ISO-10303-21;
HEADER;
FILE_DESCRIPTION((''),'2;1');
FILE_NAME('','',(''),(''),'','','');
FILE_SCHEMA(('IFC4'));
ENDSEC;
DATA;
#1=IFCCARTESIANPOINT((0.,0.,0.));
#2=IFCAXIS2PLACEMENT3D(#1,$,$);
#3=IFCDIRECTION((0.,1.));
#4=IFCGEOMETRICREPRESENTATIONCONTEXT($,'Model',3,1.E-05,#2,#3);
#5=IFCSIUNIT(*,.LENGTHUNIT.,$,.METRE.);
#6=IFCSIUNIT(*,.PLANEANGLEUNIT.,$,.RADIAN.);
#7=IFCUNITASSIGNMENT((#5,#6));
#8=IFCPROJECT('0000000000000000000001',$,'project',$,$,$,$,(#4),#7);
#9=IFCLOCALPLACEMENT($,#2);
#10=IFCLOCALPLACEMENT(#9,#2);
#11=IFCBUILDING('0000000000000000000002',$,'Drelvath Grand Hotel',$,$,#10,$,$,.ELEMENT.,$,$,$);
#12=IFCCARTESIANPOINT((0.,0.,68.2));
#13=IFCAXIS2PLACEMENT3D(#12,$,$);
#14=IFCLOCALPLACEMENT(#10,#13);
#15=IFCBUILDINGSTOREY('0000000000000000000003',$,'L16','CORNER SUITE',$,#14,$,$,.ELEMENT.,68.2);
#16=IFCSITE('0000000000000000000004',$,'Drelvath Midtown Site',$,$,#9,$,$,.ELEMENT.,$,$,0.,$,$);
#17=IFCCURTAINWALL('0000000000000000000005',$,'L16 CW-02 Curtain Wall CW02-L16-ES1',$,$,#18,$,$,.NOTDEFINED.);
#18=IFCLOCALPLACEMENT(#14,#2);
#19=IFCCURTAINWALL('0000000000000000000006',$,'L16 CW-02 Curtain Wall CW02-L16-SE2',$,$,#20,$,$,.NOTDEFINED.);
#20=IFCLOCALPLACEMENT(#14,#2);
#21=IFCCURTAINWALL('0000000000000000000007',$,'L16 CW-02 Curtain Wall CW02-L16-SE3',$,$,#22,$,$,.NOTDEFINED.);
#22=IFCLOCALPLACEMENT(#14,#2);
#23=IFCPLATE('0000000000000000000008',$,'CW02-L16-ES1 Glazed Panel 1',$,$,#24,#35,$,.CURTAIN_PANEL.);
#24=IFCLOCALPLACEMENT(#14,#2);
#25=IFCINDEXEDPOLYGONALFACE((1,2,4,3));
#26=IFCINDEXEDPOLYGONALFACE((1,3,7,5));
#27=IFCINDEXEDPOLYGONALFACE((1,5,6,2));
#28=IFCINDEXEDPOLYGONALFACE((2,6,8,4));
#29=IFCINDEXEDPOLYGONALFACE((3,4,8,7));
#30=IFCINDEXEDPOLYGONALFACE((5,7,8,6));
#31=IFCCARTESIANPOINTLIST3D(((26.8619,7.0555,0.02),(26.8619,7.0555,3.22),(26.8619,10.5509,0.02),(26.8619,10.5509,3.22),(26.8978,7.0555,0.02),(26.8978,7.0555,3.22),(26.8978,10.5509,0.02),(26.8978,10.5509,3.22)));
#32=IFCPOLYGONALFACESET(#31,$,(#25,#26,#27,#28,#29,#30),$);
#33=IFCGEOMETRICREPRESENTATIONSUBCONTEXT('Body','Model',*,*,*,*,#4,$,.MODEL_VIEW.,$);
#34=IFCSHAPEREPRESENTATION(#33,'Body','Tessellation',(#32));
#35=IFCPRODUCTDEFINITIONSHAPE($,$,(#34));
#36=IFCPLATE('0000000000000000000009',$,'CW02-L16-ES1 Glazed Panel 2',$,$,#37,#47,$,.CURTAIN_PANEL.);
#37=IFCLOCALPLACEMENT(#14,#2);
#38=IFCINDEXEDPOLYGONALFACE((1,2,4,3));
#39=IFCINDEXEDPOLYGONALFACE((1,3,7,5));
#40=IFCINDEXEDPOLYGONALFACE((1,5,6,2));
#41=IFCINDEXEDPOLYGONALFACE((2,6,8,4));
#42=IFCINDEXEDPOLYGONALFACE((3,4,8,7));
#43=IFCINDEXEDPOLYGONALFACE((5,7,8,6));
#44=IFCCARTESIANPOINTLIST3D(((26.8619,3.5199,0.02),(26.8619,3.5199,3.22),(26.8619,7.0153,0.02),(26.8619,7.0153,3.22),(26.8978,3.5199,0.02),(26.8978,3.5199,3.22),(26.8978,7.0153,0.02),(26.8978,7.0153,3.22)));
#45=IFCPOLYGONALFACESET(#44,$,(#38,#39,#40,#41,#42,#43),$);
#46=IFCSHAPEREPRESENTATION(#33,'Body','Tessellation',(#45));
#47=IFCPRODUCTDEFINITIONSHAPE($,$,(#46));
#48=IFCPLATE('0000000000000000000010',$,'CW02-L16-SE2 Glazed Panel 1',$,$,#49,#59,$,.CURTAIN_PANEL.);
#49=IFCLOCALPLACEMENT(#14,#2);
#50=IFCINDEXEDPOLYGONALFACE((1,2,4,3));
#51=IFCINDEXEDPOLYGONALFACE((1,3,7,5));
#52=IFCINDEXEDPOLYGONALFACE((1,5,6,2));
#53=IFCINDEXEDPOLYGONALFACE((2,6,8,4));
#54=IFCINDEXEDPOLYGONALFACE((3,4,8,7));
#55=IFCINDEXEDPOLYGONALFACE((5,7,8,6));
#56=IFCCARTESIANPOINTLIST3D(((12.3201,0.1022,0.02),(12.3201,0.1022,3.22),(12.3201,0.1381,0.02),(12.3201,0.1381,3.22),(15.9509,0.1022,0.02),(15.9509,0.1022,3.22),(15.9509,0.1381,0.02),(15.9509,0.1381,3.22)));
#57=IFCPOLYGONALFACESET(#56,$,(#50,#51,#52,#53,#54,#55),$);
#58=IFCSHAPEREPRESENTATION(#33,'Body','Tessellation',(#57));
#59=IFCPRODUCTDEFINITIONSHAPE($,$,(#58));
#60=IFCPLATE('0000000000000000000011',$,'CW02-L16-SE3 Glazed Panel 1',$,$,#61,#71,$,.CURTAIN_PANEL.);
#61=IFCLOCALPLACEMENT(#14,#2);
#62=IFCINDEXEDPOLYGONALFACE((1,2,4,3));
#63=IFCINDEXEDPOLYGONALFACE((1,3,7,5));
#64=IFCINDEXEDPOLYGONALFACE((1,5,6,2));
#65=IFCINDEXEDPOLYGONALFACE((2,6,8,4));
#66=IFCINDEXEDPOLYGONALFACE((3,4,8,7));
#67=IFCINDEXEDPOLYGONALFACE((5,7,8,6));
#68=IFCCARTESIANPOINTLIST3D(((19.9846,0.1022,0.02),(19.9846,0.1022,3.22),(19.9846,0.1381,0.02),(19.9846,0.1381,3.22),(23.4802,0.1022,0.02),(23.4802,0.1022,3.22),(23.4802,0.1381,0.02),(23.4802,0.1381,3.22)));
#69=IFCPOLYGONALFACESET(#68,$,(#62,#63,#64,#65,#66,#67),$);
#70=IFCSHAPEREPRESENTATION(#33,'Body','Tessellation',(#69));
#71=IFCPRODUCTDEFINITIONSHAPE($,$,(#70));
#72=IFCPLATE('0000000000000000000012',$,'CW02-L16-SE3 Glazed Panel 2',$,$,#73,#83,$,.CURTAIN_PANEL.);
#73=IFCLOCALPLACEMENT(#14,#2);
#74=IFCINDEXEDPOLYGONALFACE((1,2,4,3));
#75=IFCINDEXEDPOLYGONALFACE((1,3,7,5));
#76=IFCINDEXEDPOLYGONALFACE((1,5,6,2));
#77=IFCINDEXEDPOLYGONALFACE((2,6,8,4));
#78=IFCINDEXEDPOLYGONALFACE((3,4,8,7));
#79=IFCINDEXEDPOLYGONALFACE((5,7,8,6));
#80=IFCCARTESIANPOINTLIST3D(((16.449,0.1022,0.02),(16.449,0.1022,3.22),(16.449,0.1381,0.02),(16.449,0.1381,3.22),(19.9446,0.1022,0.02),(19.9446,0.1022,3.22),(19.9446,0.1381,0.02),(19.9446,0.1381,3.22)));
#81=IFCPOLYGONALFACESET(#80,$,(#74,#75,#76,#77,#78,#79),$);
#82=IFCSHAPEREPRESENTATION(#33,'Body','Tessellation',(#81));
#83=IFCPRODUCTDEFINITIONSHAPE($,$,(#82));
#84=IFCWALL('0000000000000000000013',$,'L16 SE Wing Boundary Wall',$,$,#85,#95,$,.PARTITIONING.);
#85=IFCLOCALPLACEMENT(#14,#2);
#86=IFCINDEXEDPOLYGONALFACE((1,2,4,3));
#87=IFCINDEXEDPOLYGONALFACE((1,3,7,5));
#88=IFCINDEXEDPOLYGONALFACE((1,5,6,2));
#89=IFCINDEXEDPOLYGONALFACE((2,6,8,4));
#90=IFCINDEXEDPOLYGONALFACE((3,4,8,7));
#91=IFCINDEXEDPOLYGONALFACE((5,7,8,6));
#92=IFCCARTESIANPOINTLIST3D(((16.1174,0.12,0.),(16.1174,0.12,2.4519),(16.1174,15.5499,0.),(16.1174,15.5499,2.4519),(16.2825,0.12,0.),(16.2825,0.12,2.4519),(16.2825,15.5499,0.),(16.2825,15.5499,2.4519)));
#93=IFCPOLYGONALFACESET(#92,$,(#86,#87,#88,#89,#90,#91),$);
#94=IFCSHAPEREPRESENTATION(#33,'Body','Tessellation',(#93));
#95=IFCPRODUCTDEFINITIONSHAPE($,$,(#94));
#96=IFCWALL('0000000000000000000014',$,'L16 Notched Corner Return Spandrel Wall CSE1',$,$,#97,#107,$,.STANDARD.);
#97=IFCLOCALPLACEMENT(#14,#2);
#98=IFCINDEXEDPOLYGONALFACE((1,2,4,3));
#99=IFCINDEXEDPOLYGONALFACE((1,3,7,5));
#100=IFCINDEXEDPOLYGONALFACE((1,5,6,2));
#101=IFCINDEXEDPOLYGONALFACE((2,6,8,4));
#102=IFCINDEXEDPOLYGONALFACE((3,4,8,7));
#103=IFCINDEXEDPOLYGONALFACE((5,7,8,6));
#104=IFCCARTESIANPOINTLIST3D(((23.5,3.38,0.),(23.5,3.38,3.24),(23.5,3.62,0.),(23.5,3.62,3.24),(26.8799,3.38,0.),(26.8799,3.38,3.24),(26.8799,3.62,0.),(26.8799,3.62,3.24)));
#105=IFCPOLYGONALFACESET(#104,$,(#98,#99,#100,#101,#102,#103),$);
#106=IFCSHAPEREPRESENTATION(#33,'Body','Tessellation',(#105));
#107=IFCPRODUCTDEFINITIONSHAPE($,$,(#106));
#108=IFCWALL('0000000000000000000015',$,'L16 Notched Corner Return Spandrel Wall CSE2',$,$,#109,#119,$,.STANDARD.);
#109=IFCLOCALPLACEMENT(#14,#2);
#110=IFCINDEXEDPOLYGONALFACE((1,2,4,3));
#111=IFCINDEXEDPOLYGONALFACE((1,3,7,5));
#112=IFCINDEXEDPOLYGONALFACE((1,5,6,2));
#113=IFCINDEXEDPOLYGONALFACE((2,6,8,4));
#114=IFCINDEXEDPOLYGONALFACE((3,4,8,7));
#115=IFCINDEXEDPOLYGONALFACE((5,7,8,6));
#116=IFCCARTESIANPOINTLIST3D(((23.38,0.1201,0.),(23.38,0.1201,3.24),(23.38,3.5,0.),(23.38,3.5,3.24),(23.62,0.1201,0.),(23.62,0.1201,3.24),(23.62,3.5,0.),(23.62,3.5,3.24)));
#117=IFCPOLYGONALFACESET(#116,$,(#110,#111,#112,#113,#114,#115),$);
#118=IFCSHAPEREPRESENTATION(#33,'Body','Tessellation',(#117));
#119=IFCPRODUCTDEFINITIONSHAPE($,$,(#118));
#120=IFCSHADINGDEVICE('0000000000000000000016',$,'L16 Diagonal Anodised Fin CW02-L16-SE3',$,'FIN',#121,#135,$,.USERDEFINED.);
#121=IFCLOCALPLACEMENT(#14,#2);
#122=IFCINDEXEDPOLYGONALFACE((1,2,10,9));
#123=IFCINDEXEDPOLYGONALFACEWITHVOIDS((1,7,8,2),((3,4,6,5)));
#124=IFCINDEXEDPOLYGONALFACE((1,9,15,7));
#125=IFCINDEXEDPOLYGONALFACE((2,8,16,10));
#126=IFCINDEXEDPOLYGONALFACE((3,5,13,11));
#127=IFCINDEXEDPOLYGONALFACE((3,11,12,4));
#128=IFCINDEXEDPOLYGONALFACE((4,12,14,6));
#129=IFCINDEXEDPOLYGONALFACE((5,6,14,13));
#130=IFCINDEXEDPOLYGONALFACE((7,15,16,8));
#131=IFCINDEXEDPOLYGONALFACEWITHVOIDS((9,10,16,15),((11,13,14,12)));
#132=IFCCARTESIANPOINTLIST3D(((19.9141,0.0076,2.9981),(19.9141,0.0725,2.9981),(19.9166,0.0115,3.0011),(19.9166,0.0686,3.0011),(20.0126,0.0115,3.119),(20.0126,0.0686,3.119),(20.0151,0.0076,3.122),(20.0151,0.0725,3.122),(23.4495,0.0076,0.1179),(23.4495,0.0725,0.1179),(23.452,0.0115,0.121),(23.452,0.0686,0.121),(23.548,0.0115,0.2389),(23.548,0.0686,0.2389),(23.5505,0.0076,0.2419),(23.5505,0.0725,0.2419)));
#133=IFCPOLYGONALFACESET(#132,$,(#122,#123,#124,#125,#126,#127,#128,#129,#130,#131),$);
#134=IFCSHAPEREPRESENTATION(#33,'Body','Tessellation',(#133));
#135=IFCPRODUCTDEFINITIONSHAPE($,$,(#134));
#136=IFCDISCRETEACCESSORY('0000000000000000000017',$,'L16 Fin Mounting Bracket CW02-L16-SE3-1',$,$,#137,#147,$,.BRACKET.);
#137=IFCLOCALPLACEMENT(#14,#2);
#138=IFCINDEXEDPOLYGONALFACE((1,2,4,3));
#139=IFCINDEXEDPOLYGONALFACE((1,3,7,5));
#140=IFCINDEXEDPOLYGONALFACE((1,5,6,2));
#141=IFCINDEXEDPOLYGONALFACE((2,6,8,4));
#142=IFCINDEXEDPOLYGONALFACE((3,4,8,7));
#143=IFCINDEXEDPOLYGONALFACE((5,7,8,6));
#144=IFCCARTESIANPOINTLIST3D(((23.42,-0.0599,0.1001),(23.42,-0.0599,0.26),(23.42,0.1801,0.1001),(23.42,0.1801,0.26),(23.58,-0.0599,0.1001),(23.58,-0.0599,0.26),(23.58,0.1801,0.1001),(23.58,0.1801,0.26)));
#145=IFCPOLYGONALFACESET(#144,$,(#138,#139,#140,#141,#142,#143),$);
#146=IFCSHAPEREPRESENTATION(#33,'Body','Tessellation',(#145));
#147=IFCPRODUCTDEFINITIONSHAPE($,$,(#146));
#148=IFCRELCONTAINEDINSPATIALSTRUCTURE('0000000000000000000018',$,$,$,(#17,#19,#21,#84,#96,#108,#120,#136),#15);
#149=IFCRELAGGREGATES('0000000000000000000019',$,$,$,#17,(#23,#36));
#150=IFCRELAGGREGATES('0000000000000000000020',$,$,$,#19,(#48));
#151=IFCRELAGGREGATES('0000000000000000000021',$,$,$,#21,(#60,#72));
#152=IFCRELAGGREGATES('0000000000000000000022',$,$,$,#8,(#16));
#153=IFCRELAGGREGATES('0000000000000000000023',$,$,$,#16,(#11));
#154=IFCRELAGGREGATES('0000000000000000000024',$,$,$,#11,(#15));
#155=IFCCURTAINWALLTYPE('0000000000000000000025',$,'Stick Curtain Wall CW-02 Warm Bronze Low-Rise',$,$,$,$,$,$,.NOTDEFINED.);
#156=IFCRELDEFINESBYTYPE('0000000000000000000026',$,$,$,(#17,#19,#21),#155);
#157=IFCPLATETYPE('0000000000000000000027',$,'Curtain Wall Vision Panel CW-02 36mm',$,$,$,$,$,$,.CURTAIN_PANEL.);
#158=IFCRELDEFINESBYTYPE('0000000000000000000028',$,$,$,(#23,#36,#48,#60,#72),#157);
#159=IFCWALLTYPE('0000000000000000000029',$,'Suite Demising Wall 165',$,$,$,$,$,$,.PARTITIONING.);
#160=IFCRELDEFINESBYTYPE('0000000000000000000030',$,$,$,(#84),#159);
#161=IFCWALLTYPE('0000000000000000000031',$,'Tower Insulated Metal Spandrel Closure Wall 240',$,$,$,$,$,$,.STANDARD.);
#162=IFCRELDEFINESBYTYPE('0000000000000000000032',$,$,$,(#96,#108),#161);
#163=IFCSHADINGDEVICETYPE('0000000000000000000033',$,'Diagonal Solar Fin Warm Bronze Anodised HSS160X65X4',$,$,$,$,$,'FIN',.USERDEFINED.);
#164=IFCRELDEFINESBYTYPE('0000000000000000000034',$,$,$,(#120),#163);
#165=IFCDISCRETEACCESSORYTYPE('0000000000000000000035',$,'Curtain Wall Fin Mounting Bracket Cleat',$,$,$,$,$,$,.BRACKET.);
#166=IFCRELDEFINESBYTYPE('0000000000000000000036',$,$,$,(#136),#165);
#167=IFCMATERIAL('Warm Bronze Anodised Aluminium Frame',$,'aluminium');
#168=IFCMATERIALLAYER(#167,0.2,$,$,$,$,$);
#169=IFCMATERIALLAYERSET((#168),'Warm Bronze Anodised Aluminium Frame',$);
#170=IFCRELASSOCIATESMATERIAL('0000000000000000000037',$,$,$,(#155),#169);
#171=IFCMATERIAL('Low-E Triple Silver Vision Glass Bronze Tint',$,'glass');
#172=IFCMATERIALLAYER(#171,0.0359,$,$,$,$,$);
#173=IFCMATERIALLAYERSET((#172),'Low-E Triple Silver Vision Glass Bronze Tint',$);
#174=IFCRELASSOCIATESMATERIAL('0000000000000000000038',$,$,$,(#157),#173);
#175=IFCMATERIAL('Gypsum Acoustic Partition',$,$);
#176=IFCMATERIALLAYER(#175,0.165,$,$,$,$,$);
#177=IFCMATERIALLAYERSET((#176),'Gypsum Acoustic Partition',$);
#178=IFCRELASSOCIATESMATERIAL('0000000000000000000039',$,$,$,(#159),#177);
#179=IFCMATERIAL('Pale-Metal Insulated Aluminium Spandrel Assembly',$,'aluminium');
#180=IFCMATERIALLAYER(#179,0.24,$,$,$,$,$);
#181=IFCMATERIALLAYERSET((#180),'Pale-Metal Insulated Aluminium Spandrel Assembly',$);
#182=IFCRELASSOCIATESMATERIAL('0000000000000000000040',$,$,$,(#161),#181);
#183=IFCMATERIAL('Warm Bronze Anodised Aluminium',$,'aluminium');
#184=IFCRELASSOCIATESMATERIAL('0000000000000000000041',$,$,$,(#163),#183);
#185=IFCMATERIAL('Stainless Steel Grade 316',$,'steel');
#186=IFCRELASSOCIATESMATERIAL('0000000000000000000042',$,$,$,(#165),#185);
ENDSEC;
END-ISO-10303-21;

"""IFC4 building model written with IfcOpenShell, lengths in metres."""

from ifc_helpers import new_model, si_unit, direction, frame, frame_2d, origin, origin_2d, place, context, subcontext, project, spatial, rectangle, hollow_rectangle, extrude, material, layer, layer_set, material_profile, profile_set, type_object, element, aggregate, save


model = new_model("IFC4")

# Units and contexts
model_context = context("Model", 3, precision=1e-05, world=origin(), true_north=direction((0.0, 1.0)))
body_context = subcontext(model_context, "Body", "Model", "MODEL_VIEW")
ifc_project = project(units=[si_unit("LENGTHUNIT", "METRE"), si_unit("PLANEANGLEUNIT", "RADIAN")], contexts=[model_context])

# Site, building, storey
site_placement = place(None, origin())
site = spatial("IfcSite", under=ifc_project, at=site_placement, Name="Drelvath Midtown Site", CompositionType="ELEMENT", RefElevation=0.0)
building_placement = place(site_placement, origin())
building = spatial("IfcBuilding", under=site, at=building_placement, Name="Drelvath Grand Hotel", CompositionType="ELEMENT")
storey_placement = place(building_placement, frame((0.0, 0.0, 68.2)))
storey = spatial("IfcBuildingStorey", under=building, at=storey_placement, Name="L16", Description="CORNER SUITE", CompositionType="ELEMENT", Elevation=68.2)

# Curtain walls
ifc_material_1 = material(Name="Warm Bronze Anodised Aluminium Frame", Category="aluminium")
ifc_layer_1 = layer(ifc_material_1, 0.2)
ifc_layer_set_1 = layer_set([ifc_layer_1], Name="Warm Bronze Anodised Aluminium Frame")
curtain_wall_type = type_object("IfcCurtainWallType", Name="Stick Curtain Wall CW-02 Warm Bronze Low-Rise", PredefinedType="NOTDEFINED", material=ifc_layer_set_1)
curtain_wall_1_placement = place(storey_placement, origin())
curtain_wall_1 = element("IfcCurtainWall", 1, at=curtain_wall_1_placement, inside=storey, type_object=curtain_wall_type, Name="L16 CW-02 Curtain Wall CW02-L16-ES1", PredefinedType="NOTDEFINED")
curtain_wall_2_placement = place(storey_placement, origin())
curtain_wall_2 = element("IfcCurtainWall", 2, at=curtain_wall_2_placement, inside=storey, type_object=curtain_wall_type, Name="L16 CW-02 Curtain Wall CW02-L16-SE2", PredefinedType="NOTDEFINED")
curtain_wall_3_placement = place(storey_placement, origin())
curtain_wall_3 = element("IfcCurtainWall", 3, at=curtain_wall_3_placement, inside=storey, type_object=curtain_wall_type, Name="L16 CW-02 Curtain Wall CW02-L16-SE3", PredefinedType="NOTDEFINED")

# Plates
ifc_material_2 = material(Name="Low-E Triple Silver Vision Glass Bronze Tint", Category="glass")
ifc_layer_2 = layer(ifc_material_2, 0.0359)
ifc_layer_set_2 = layer_set([ifc_layer_2], Name="Low-E Triple Silver Vision Glass Bronze Tint")
plate_type = type_object("IfcPlateType", Name="Curtain Wall Vision Panel CW-02 36mm", PredefinedType="CURTAIN_PANEL", material=ifc_layer_set_2)
plate_1_placement = place(storey_placement, frame((26.8799, 8.8032, 0.02), z_axis=(0.0, 0.0, 1.0), x_axis=(0.0, -1.0, 0.0)))
plate_1 = element("IfcPlate", 4, at=plate_1_placement, type_object=plate_type, Name="CW02-L16-ES1 Glazed Panel 1", PredefinedType="CURTAIN_PANEL", context=body_context, shape_type="SweptSolid", body=[
    extrude(rectangle(XDim=3.4954, YDim=0.0359, at=origin_2d()), origin(), (0.0, 0.0, 1.0), 3.2),
])
plate_2_placement = place(storey_placement, frame((26.8799, 5.2676, 0.02), z_axis=(0.0, 0.0, 1.0), x_axis=(0.0, -1.0, 0.0)))
plate_2 = element("IfcPlate", 5, at=plate_2_placement, type_object=plate_type, Name="CW02-L16-ES1 Glazed Panel 2", PredefinedType="CURTAIN_PANEL", context=body_context, shape_type="SweptSolid", body=[
    extrude(rectangle(XDim=3.4954, YDim=0.0359, at=origin_2d()), origin(), (0.0, 0.0, 1.0), 3.2),
])
aggregate(curtain_wall_1, [plate_1, plate_2])
plate_3_placement = place(storey_placement, frame((14.1355, 0.1201, 0.02), z_axis=(0.0, 0.0, 1.0), x_axis=(-1.0, 0.0, 0.0)))
plate_3 = element("IfcPlate", 6, at=plate_3_placement, type_object=plate_type, Name="CW02-L16-SE2 Glazed Panel 1", PredefinedType="CURTAIN_PANEL", context=body_context, shape_type="SweptSolid", body=[
    extrude(rectangle(XDim=3.6309, YDim=0.0359, at=origin_2d()), origin(), (0.0, 0.0, 1.0), 3.2),
])
aggregate(curtain_wall_2, [plate_3])
plate_4_placement = place(storey_placement, frame((21.7324, 0.1201, 0.02), z_axis=(0.0, 0.0, 1.0), x_axis=(-1.0, 0.0, 0.0)))
plate_4 = element("IfcPlate", 7, at=plate_4_placement, type_object=plate_type, Name="CW02-L16-SE3 Glazed Panel 1", PredefinedType="CURTAIN_PANEL", context=body_context, shape_type="SweptSolid", body=[
    extrude(rectangle(XDim=3.4956, YDim=0.0359, at=origin_2d()), origin(), (0.0, 0.0, 1.0), 3.2),
])
plate_5_placement = place(storey_placement, frame((18.1968, 0.1201, 0.02), z_axis=(0.0, 0.0, 1.0), x_axis=(-1.0, 0.0, 0.0)))
plate_5 = element("IfcPlate", 8, at=plate_5_placement, type_object=plate_type, Name="CW02-L16-SE3 Glazed Panel 2", PredefinedType="CURTAIN_PANEL", context=body_context, shape_type="SweptSolid", body=[
    extrude(rectangle(XDim=3.4956, YDim=0.0359, at=origin_2d()), origin(), (0.0, 0.0, 1.0), 3.2),
])
aggregate(curtain_wall_3, [plate_4, plate_5])

# Walls
ifc_material_3 = material(Name="Gypsum Acoustic Partition")
ifc_layer_3 = layer(ifc_material_3, 0.165)
ifc_layer_set_3 = layer_set([ifc_layer_3], Name="Gypsum Acoustic Partition")
wall_type_1 = type_object("IfcWallType", Name="Suite Demising Wall 165", PredefinedType="PARTITIONING", material=ifc_layer_set_3)
wall_placement = place(storey_placement, frame((16.2, 0.1201, 0.0), z_axis=(0.0, 0.0, 1.0), x_axis=(0.0, 1.0, 0.0)))
element("IfcWall", 9, at=wall_placement, inside=storey, type_object=wall_type_1, Name="L16 SE Wing Boundary Wall", PredefinedType="PARTITIONING", context=body_context, shape_type="SweptSolid", body=[
    extrude(rectangle(XDim=15.4299, YDim=0.165, at=frame_2d((7.7148, 0.0))), origin(), (0.0, 0.0, 1.0), 2.4519),
])
ifc_material_4 = material(Name="Pale-Metal Insulated Aluminium Spandrel Assembly", Category="aluminium")
ifc_layer_4 = layer(ifc_material_4, 0.24)
ifc_layer_set_4 = layer_set([ifc_layer_4], Name="Pale-Metal Insulated Aluminium Spandrel Assembly")
wall_type_2 = type_object("IfcWallType", Name="Tower Insulated Metal Spandrel Closure Wall 240", PredefinedType="STANDARD", material=ifc_layer_set_4)
for number, where, z_axis, x_axis, name in (
    (10, (26.8799, 3.5, 0.0), (0.0, 0.0, 1.0), (-1.0, 0.0, 0.0), "L16 Notched Corner Return Spandrel Wall CSE1"),
    (11, (23.5, 3.5, 0.0), (0.0, 0.0, 1.0), (0.0, -1.0, 0.0), "L16 Notched Corner Return Spandrel Wall CSE2"),
):
    element("IfcWall", number, at=place(storey_placement, frame(where, z_axis=z_axis, x_axis=x_axis)), inside=storey, type_object=wall_type_2, Name=name, PredefinedType="STANDARD", context=body_context, shape_type="SweptSolid", body=[
        extrude(rectangle(XDim=3.3799, YDim=0.24, at=frame_2d((1.6899, 0.0))), origin(), (0.0, 0.0, 1.0), 3.24),
    ])

# Shading device
ifc_material_5 = material(Name="Warm Bronze Anodised Aluminium", Category="aluminium")
ifc_material_profile_1 = material_profile(ifc_material_5, hollow_rectangle(XDim=0.0649, YDim=0.1599, WallThickness=0.0039, at=origin_2d()), Name="HSS160X65X4")
ifc_profile_set_1 = profile_set([ifc_material_profile_1], Name="Warm Bronze Anodised Aluminium")
shading_device_type = type_object("IfcShadingDeviceType", Name="Diagonal Solar Fin Warm Bronze Anodised HSS160X65X4", ElementType="FIN", PredefinedType="USERDEFINED", material=ifc_profile_set_1)
shading_device_placement = place(storey_placement, frame((23.5, 0.04, 0.1799), z_axis=(-0.775296, 0.0, 0.631598), x_axis=(0.0, -1.0, 0.0)))
element("IfcShadingDevice", 12, at=shading_device_placement, inside=storey, type_object=shading_device_type, Name="L16 Diagonal Anodised Fin CW02-L16-SE3", ObjectType="FIN", PredefinedType="USERDEFINED", context=body_context, shape_type="SweptSolid", body=[
    extrude(hollow_rectangle(XDim=0.0649, YDim=0.1599, WallThickness=0.0039, at=origin_2d()), origin(), (0.0, 0.0, 1.0), 4.5601),
])

# Discrete accessory
ifc_material_6 = material(Name="Stainless Steel Grade 316", Category="steel")
discrete_accessory_type = type_object("IfcDiscreteAccessoryType", Name="Curtain Wall Fin Mounting Bracket Cleat", PredefinedType="BRACKET", material=ifc_material_6)
discrete_accessory_placement = place(storey_placement, frame((23.5, 0.0601, 0.1001), z_axis=(0.0, 0.0, 1.0), x_axis=(-1.0, 0.0, 0.0)))
element("IfcDiscreteAccessory", 13, at=discrete_accessory_placement, inside=storey, type_object=discrete_accessory_type, Name="L16 Fin Mounting Bracket CW02-L16-SE3-1", PredefinedType="BRACKET", context=body_context, shape_type="SweptSolid", body=[
    extrude(rectangle(XDim=0.1599, YDim=0.24, at=origin_2d()), origin(), (0.0, 0.0, 1.0), 0.1599),
])

save(model, "model.ifc")
